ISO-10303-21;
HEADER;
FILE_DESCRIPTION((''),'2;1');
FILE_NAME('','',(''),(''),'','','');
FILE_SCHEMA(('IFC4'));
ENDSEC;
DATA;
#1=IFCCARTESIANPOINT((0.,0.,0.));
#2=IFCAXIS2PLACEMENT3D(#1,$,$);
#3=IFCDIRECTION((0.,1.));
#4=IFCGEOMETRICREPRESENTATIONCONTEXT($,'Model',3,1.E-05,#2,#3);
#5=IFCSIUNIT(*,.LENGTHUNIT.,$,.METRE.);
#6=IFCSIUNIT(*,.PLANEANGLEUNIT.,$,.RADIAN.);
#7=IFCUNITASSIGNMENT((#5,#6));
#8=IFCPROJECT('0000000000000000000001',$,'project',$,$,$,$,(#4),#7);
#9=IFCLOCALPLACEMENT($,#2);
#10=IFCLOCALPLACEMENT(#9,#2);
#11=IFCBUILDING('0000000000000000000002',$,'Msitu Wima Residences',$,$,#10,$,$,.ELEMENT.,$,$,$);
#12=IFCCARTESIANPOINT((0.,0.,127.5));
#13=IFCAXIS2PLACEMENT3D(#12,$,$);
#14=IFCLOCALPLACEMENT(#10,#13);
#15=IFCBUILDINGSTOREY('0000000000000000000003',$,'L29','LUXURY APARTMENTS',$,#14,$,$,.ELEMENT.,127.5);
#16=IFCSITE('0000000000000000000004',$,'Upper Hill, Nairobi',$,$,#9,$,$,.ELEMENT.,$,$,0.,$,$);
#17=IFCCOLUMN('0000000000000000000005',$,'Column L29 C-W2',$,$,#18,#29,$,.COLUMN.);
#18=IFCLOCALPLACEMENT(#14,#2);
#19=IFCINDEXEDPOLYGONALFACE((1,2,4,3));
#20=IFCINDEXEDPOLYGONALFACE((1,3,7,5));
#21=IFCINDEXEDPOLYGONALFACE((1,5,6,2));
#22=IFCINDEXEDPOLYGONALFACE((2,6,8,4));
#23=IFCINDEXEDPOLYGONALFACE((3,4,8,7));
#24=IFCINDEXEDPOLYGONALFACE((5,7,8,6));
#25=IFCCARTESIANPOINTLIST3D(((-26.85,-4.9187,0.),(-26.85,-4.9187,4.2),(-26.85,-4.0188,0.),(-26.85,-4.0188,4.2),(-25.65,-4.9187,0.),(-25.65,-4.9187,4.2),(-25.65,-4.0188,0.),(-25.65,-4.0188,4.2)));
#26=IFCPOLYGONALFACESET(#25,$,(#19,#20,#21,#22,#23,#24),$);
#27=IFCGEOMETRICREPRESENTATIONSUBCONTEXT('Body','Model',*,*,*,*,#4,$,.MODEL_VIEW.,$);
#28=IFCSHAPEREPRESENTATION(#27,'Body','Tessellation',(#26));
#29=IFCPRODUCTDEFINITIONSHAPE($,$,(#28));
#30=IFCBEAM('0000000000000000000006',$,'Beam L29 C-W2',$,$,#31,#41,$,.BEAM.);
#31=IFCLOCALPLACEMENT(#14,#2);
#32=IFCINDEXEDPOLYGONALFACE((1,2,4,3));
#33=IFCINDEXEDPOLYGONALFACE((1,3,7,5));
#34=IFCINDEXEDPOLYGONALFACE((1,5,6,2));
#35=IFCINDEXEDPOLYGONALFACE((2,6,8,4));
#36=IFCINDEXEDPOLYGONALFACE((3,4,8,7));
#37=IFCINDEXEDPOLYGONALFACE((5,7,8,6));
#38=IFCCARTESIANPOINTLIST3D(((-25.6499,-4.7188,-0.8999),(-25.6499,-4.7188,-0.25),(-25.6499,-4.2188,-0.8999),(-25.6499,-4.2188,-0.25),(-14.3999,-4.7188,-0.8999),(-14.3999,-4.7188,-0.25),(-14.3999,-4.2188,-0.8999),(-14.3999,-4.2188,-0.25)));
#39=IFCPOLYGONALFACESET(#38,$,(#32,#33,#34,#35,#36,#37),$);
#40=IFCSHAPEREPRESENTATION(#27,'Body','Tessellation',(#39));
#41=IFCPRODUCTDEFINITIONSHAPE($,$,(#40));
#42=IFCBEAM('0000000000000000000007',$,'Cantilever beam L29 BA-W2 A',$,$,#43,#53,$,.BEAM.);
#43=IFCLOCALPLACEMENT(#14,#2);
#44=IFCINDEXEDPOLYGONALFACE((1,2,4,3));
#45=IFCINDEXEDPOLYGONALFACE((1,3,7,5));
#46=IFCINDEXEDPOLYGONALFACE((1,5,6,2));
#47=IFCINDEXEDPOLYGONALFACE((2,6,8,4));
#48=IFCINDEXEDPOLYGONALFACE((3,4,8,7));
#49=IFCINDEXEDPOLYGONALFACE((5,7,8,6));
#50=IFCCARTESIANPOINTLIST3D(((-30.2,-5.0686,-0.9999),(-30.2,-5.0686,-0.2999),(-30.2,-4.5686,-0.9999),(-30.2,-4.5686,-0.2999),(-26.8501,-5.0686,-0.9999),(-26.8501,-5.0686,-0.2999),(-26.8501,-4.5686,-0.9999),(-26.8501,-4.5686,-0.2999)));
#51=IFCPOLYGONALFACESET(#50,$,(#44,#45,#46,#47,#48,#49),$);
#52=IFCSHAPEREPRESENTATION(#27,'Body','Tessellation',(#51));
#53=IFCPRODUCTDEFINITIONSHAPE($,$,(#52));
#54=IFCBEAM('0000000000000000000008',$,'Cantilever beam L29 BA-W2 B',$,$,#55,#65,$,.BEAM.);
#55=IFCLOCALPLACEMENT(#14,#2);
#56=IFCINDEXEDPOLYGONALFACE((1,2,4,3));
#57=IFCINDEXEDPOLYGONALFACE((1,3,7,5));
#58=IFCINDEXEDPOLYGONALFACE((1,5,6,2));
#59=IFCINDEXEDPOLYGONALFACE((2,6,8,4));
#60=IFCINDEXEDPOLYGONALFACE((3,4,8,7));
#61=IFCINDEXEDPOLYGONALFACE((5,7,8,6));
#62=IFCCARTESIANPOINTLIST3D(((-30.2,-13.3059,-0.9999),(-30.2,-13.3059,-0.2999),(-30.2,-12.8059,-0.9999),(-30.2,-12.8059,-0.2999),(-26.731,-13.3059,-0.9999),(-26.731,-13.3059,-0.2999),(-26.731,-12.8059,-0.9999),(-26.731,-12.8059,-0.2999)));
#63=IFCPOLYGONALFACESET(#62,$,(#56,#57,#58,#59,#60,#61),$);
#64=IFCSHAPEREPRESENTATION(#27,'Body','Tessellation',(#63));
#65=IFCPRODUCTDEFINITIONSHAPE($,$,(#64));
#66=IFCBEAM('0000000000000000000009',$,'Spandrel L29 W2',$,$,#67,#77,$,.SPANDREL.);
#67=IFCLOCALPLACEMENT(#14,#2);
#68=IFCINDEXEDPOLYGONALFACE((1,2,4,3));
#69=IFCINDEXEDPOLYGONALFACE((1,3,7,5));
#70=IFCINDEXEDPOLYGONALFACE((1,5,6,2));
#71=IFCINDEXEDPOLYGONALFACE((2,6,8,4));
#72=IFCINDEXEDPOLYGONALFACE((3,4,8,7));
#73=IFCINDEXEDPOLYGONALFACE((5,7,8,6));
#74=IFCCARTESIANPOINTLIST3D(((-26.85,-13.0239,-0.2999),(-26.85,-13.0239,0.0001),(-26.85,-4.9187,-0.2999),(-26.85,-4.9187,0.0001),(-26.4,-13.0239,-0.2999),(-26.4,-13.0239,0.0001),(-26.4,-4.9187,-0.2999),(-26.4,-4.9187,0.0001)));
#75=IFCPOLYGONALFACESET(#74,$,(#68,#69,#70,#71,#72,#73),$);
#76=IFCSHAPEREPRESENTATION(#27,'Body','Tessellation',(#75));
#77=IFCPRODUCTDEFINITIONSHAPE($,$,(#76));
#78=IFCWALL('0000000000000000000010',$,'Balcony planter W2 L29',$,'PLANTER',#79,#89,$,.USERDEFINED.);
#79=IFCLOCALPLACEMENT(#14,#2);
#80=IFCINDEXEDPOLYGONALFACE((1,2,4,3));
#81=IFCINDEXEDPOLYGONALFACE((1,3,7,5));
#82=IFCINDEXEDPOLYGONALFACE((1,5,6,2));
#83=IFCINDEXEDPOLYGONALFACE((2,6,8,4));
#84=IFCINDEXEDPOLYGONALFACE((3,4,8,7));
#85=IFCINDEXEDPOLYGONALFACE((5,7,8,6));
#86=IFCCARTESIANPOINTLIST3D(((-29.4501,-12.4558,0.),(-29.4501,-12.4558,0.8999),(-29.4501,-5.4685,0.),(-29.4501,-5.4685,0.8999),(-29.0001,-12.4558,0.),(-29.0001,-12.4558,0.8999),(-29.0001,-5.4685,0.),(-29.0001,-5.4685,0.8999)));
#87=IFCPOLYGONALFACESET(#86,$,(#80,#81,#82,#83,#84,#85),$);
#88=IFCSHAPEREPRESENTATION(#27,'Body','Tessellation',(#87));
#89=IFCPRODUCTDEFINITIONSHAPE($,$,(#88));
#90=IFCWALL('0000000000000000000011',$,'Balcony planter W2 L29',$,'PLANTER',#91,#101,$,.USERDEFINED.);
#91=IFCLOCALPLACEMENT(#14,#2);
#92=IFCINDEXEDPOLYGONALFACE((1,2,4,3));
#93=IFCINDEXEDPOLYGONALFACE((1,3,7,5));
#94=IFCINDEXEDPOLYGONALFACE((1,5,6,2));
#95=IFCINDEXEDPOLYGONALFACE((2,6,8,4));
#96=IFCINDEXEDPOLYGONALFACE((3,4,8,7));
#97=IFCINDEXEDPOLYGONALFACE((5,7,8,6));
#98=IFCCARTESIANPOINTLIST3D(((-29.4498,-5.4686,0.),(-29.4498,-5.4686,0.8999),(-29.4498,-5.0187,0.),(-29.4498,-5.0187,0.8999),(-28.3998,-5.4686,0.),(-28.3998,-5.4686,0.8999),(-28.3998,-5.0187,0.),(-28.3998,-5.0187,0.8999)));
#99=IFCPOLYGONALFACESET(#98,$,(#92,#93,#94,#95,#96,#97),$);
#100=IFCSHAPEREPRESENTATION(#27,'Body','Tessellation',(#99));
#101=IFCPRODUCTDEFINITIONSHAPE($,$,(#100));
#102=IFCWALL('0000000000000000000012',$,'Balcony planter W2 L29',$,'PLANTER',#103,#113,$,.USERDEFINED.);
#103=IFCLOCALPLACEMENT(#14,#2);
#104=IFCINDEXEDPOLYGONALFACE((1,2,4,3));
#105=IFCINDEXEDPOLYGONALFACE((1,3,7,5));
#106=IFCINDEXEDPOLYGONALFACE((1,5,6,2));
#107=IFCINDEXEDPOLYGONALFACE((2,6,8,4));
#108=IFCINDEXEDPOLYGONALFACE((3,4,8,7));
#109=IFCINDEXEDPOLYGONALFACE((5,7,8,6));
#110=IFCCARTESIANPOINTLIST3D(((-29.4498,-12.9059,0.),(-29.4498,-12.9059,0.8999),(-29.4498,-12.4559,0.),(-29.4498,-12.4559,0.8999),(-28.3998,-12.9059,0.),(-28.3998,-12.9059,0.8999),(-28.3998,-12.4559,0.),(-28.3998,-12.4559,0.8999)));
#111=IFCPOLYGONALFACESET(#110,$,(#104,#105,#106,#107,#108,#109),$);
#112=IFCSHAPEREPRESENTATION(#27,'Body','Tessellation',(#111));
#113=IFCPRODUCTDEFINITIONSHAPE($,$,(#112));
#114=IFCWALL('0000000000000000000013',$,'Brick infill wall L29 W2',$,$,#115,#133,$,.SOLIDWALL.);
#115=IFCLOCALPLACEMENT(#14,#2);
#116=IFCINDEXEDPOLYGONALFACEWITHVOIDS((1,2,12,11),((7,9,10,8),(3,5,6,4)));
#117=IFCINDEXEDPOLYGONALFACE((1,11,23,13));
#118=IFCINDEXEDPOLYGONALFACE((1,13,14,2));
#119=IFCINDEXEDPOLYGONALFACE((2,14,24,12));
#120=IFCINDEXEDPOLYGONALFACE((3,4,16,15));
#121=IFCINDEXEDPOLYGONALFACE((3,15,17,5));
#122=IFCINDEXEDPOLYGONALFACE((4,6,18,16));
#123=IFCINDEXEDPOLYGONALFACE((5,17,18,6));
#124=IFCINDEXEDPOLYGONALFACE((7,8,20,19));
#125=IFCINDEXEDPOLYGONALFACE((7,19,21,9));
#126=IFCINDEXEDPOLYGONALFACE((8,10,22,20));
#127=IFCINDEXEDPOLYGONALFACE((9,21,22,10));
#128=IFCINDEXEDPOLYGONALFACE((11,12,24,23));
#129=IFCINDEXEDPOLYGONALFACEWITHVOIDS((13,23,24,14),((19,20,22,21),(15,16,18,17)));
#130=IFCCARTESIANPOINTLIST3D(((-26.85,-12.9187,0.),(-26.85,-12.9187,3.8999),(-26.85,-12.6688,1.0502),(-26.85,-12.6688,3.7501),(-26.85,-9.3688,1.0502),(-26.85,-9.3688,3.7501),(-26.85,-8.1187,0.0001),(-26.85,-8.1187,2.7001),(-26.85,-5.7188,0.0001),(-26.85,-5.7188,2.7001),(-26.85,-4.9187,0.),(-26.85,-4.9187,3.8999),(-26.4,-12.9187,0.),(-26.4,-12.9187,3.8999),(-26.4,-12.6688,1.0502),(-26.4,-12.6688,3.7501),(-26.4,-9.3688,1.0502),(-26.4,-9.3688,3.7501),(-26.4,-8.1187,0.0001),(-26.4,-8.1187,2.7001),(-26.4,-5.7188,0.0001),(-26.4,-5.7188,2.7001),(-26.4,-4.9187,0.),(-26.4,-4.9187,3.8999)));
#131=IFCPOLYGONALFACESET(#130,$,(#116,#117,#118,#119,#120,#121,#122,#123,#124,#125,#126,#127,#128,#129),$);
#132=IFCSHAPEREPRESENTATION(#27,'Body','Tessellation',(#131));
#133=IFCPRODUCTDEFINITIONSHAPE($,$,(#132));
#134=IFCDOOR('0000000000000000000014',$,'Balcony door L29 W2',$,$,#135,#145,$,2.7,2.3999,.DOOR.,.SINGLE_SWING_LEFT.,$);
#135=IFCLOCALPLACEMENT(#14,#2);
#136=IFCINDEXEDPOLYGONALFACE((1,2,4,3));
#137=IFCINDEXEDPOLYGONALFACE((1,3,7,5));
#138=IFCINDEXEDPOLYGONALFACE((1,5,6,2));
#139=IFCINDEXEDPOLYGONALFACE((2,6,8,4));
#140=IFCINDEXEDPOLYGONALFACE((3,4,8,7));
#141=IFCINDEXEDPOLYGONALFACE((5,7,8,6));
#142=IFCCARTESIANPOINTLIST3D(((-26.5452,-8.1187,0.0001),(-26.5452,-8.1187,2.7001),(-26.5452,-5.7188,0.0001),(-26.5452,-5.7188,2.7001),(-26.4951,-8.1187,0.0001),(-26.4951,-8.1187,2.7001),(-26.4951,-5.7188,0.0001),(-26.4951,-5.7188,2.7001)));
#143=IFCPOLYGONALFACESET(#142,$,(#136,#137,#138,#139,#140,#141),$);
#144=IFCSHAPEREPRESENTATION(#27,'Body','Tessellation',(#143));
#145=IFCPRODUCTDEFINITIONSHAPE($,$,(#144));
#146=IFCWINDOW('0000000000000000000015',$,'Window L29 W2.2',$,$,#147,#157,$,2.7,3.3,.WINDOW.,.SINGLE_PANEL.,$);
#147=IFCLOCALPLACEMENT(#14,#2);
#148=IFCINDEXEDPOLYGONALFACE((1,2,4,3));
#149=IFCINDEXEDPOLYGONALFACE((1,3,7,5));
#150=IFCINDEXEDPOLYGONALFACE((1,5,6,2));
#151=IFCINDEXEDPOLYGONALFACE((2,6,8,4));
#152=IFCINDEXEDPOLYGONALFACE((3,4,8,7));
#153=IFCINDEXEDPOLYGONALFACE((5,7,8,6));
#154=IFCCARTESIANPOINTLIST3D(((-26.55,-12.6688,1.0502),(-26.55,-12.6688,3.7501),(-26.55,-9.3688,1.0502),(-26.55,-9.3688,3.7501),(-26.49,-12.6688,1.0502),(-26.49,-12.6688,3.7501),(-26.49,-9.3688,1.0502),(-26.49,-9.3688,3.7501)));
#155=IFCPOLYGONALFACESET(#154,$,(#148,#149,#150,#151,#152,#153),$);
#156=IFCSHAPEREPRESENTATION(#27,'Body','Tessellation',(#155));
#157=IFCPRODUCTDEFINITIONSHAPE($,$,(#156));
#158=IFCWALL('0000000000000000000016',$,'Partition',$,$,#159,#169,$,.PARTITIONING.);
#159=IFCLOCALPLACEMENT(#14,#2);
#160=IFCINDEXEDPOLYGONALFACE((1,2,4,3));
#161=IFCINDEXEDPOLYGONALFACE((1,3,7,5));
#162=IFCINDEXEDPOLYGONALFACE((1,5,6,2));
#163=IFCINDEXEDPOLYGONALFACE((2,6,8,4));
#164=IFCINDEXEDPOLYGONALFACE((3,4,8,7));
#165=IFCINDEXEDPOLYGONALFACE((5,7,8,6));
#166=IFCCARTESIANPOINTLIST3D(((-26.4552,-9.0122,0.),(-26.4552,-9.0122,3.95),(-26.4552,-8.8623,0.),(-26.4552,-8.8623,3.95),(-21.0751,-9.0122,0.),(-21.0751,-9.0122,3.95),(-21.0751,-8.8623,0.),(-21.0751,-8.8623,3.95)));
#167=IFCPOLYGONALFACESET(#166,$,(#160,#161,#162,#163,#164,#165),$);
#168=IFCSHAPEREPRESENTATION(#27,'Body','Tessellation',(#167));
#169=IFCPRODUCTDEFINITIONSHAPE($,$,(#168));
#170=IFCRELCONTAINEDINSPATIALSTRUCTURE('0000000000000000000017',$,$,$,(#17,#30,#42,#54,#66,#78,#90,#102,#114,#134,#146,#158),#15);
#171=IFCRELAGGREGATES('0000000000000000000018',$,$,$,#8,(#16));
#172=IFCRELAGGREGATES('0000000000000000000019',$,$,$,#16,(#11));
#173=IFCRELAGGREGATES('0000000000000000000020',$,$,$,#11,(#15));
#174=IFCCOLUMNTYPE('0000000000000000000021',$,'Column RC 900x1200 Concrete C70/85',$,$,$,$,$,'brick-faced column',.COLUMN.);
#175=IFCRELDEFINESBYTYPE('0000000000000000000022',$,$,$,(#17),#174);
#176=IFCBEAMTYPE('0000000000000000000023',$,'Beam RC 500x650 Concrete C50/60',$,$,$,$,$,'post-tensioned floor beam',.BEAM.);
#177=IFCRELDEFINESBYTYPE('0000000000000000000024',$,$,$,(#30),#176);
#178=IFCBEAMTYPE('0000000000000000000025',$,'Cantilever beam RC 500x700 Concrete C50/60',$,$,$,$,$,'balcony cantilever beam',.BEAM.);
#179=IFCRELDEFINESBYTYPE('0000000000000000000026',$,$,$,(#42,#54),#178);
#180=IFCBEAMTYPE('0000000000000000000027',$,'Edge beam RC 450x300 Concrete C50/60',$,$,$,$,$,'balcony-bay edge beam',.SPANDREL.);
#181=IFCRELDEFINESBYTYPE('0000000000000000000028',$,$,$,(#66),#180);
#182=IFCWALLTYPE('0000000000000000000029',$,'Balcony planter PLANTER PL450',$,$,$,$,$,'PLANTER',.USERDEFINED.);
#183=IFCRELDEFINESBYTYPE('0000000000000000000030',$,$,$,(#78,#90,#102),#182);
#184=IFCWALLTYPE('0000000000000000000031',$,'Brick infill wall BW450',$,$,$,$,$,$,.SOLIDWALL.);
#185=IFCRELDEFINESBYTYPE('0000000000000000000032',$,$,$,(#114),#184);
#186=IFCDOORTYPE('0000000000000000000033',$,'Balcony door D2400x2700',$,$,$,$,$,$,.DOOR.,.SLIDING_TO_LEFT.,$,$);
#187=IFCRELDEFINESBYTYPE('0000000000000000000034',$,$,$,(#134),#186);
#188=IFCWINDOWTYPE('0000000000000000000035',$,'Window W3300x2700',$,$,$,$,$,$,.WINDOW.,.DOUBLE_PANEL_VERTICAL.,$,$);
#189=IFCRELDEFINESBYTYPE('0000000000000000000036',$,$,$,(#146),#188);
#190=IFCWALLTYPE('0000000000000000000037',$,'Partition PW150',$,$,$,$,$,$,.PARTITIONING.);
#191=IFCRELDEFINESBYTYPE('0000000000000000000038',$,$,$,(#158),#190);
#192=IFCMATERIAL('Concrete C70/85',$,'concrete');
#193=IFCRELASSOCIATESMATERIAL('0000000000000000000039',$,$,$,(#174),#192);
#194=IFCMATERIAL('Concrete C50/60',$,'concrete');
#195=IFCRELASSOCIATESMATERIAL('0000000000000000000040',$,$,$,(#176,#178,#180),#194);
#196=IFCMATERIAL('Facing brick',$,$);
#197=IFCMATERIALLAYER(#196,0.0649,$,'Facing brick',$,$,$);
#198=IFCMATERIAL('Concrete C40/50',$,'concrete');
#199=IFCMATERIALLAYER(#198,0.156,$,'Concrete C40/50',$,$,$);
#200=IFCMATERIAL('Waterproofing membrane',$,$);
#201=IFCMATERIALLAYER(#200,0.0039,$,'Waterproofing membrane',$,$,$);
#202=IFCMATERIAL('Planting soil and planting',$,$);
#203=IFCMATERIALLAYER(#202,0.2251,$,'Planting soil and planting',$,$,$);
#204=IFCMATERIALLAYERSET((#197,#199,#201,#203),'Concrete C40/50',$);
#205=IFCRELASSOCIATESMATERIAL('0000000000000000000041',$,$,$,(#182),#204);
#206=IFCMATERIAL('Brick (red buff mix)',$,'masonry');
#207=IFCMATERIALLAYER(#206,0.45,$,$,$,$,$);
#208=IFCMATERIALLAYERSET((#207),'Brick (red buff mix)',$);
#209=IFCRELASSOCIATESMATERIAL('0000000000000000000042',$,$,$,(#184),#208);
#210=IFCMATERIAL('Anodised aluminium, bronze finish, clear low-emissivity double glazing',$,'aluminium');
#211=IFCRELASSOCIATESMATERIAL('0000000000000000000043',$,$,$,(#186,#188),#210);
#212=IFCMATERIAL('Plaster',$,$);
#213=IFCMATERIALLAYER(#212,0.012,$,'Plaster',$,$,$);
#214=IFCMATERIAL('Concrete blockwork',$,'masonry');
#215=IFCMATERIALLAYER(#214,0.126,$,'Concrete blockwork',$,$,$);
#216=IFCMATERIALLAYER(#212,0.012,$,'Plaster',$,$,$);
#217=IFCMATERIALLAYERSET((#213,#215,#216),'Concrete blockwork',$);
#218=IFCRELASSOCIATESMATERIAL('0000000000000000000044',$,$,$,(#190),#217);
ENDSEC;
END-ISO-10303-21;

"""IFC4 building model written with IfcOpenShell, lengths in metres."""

from ifc_helpers import new_model, si_unit, direction, frame, frame_2d, origin, origin_2d, place, context, subcontext, project, spatial, rectangle, extrude, material, layer, layer_set, material_profile, profile_set, type_object, element, fill, save


model = new_model("IFC4")

# Units and contexts
model_context = context("Model", 3, precision=1e-05, world=origin(), true_north=direction((0.0, 1.0)))
body_context = subcontext(model_context, "Body", "Model", "MODEL_VIEW")
ifc_project = project(units=[si_unit("LENGTHUNIT", "METRE"), si_unit("PLANEANGLEUNIT", "RADIAN")], contexts=[model_context])

# Site, building, storey
site_placement = place(None, origin())
site = spatial("IfcSite", under=ifc_project, at=site_placement, Name="Upper Hill, Nairobi", CompositionType="ELEMENT", RefElevation=0.0)
building_placement = place(site_placement, origin())
building = spatial("IfcBuilding", under=site, at=building_placement, Name="Msitu Wima Residences", CompositionType="ELEMENT")
storey_placement = place(building_placement, frame((0.0, 0.0, 127.5)))
storey = spatial("IfcBuildingStorey", under=building, at=storey_placement, Name="L29", Description="LUXURY APARTMENTS", CompositionType="ELEMENT", Elevation=127.5)

# Column
ifc_material_1 = material(Name="Concrete C70/85", Category="concrete")
ifc_material_profile_1 = material_profile(ifc_material_1, rectangle(XDim=0.8999, YDim=1.2, at=origin_2d()), Name="RC 900x1200")
ifc_profile_set_1 = profile_set([ifc_material_profile_1], Name="Concrete C70/85")
column_type = type_object("IfcColumnType", Name="Column RC 900x1200 Concrete C70/85", ElementType="brick-faced column", PredefinedType="COLUMN", material=ifc_profile_set_1)
column_placement = place(storey_placement, frame((-26.25, -4.4688, 0.0), z_axis=(0.0, 0.0, 1.0), x_axis=(0.0, -1.0, 0.0)))
element("IfcColumn", 1, at=column_placement, inside=storey, type_object=column_type, Name="Column L29 C-W2", PredefinedType="COLUMN", context=body_context, shape_type="SweptSolid", body=[
    extrude(rectangle(XDim=0.8999, YDim=1.2, at=origin_2d()), origin(), (0.0, 0.0, 1.0), 4.2),
])

# Beams
ifc_material_2 = material(Name="Concrete C50/60", Category="concrete")
ifc_material_profile_2 = material_profile(ifc_material_2, rectangle(XDim=0.5, YDim=0.6499, at=origin_2d()), Name="RC 500x650")
ifc_profile_set_2 = profile_set([ifc_material_profile_2], Name="Concrete C50/60")
beam_type_1 = type_object("IfcBeamType", Name="Beam RC 500x650 Concrete C50/60", ElementType="post-tensioned floor beam", PredefinedType="BEAM", material=ifc_profile_set_2)
beam_1_placement = place(storey_placement, frame((-25.6499, -4.4688, -0.575), z_axis=(1.0, 0.0, 0.0), x_axis=(0.0, 1.0, 0.0)))
element("IfcBeam", 2, at=beam_1_placement, inside=storey, type_object=beam_type_1, Name="Beam L29 C-W2", PredefinedType="BEAM", context=body_context, shape_type="SweptSolid", body=[
    extrude(rectangle(XDim=0.5, YDim=0.6499, at=origin_2d()), origin(), (0.0, 0.0, 1.0), 11.25),
])
ifc_material_profile_3 = material_profile(ifc_material_2, rectangle(XDim=0.5, YDim=0.7, at=origin_2d()), Name="RC 500x700")
ifc_profile_set_3 = profile_set([ifc_material_profile_3], Name="Concrete C50/60")
beam_type_2 = type_object("IfcBeamType", Name="Cantilever beam RC 500x700 Concrete C50/60", ElementType="balcony cantilever beam", PredefinedType="BEAM", material=ifc_profile_set_3)
beam_2_placement = place(storey_placement, frame((-26.8501, -4.8186, -0.6499), z_axis=(-1.0, 0.0, 0.0), x_axis=(0.0, -1.0, 0.0)))
element("IfcBeam", 3, at=beam_2_placement, inside=storey, type_object=beam_type_2, Name="Cantilever beam L29 BA-W2 A", PredefinedType="BEAM", context=body_context, shape_type="SweptSolid", body=[
    extrude(rectangle(XDim=0.5, YDim=0.7, at=origin_2d()), origin(), (0.0, 0.0, 1.0), 3.3499),
])
beam_3_placement = place(storey_placement, frame((-26.731, -13.0559, -0.6499), z_axis=(-1.0, 0.0, 0.0), x_axis=(0.0, -1.0, 0.0)))
element("IfcBeam", 4, at=beam_3_placement, inside=storey, type_object=beam_type_2, Name="Cantilever beam L29 BA-W2 B", PredefinedType="BEAM", context=body_context, shape_type="SweptSolid", body=[
    extrude(rectangle(XDim=0.5, YDim=0.7, at=origin_2d()), origin(), (0.0, 0.0, 1.0), 3.469),
])
ifc_material_profile_4 = material_profile(ifc_material_2, rectangle(XDim=0.45, YDim=0.3, at=origin_2d()), Name="RC 450x300")
ifc_profile_set_4 = profile_set([ifc_material_profile_4], Name="Concrete C50/60")
beam_type_3 = type_object("IfcBeamType", Name="Edge beam RC 450x300 Concrete C50/60", ElementType="balcony-bay edge beam", PredefinedType="SPANDREL", material=ifc_profile_set_4)
beam_4_placement = place(storey_placement, frame((-26.625, -4.9187, -0.1499), z_axis=(0.0, -1.0, 0.0), x_axis=(1.0, 0.0, 0.0)))
element("IfcBeam", 5, at=beam_4_placement, inside=storey, type_object=beam_type_3, Name="Spandrel L29 W2", PredefinedType="SPANDREL", context=body_context, shape_type="SweptSolid", body=[
    extrude(rectangle(XDim=0.45, YDim=0.3, at=origin_2d()), origin(), (0.0, 0.0, 1.0), 8.1052),
])

# Walls
ifc_material_3 = material(Name="Facing brick")
ifc_layer_1 = layer(ifc_material_3, 0.0649, Name="Facing brick")
ifc_material_4 = material(Name="Concrete C40/50", Category="concrete")
ifc_layer_2 = layer(ifc_material_4, 0.156, Name="Concrete C40/50")
ifc_material_5 = material(Name="Waterproofing membrane")
ifc_layer_3 = layer(ifc_material_5, 0.0039, Name="Waterproofing membrane")
ifc_material_6 = material(Name="Planting soil and planting")
ifc_layer_4 = layer(ifc_material_6, 0.2251, Name="Planting soil and planting")
ifc_layer_set_1 = layer_set([ifc_layer_1, ifc_layer_2, ifc_layer_3, ifc_layer_4], Name="Concrete C40/50")
wall_type_1 = type_object("IfcWallType", Name="Balcony planter PLANTER PL450", ElementType="PLANTER", PredefinedType="USERDEFINED", material=ifc_layer_set_1)
wall_1_placement = place(storey_placement, frame((-29.2251, -5.4685, 0.0), z_axis=(0.0, 0.0, 1.0), x_axis=(0.0, -1.0, 0.0)))
element("IfcWall", 6, at=wall_1_placement, inside=storey, type_object=wall_type_1, Name="Balcony planter W2 L29", ObjectType="PLANTER", PredefinedType="USERDEFINED", context=body_context, shape_type="SweptSolid", body=[
    extrude(rectangle(XDim=6.9873, YDim=0.45, at=frame_2d((3.4937, 0.0))), origin(), (0.0, 0.0, 1.0), 0.8999),
])
for number, where, z_axis, x_axis, name in (
    (7, (-28.3999, -5.2437, 0.0), (0.0, 0.0, 1.0), (-1.0, 0.0, 0.0), "Balcony planter W2 L29"),
    (8, (-28.3999, -12.6809, 0.0), (0.0, 0.0, 1.0), (-1.0, 0.0, 0.0), "Balcony planter W2 L29"),
):
    element("IfcWall", number, at=place(storey_placement, frame(where, z_axis=z_axis, x_axis=x_axis)), inside=storey, type_object=wall_type_1, Name=name, ObjectType="PLANTER", PredefinedType="USERDEFINED", context=body_context, shape_type="SweptSolid", body=[
        extrude(rectangle(XDim=1.05, YDim=0.45, at=frame_2d((0.5249, 0.0))), origin(), (0.0, 0.0, 1.0), 0.8999),
    ])

# Wall, openings, door, window
ifc_material_7 = material(Name="Brick (red buff mix)", Category="masonry")
ifc_layer_5 = layer(ifc_material_7, 0.45)
ifc_layer_set_2 = layer_set([ifc_layer_5], Name="Brick (red buff mix)")
wall_type_2 = type_object("IfcWallType", Name="Brick infill wall BW450", PredefinedType="SOLIDWALL", material=ifc_layer_set_2)
wall_2_placement = place(storey_placement, frame((-26.625, -4.9187, 0.0), z_axis=(0.0, 0.0, 1.0), x_axis=(0.0, -1.0, 0.0)))
wall_2 = element("IfcWall", 9, at=wall_2_placement, inside=storey, type_object=wall_type_2, Name="Brick infill wall L29 W2", PredefinedType="SOLIDWALL", context=body_context, shape_type="SweptSolid", body=[
    extrude(rectangle(XDim=8.0, YDim=0.45, at=frame_2d((4.0, 0.0))), origin(), (0.0, 0.0, 1.0), 3.8999),
])
opening_1_placement = place(wall_2_placement, frame((0.8, 0.0, 0.0)))
opening_1 = element("IfcOpeningElement", 10, at=opening_1_placement, cuts=wall_2, PredefinedType="OPENING", context=body_context, shape_type="SweptSolid", body=[
    extrude(rectangle(XDim=2.3999, YDim=2.7, at=frame_2d((1.2, 1.3501))), frame((0.0, 0.2349, 0.0), z_axis=(0.0, -1.0, 0.0), x_axis=(1.0, 0.0, 0.0)), (0.0, 0.0, 1.0), 0.47),
])
opening_2_placement = place(wall_2_placement, frame((4.4502, 0.0, 1.05)))
opening_2 = element("IfcOpeningElement", 11, at=opening_2_placement, cuts=wall_2, PredefinedType="OPENING", context=body_context, shape_type="SweptSolid", body=[
    extrude(rectangle(XDim=3.3, YDim=2.7, at=frame_2d((1.6499, 1.3501))), frame((0.0, 0.2349, 0.0), z_axis=(0.0, -1.0, 0.0), x_axis=(1.0, 0.0, 0.0)), (0.0, 0.0, 1.0), 0.47),
])
ifc_material_8 = material(Name="Anodised aluminium, bronze finish, clear low-emissivity double glazing", Category="aluminium")
door_type = type_object("IfcDoorType", Name="Balcony door D2400x2700", OperationType="SLIDING_TO_LEFT", PredefinedType="DOOR", material=ifc_material_8)
door_placement = place(opening_1_placement, origin())
door = element("IfcDoor", 12, at=door_placement, inside=storey, type_object=door_type, Name="Balcony door L29 W2", OperationType="SINGLE_SWING_LEFT", OverallHeight=2.7, OverallWidth=2.3999, PredefinedType="DOOR", context=body_context, shape_type="SweptSolid", body=[
    extrude(rectangle(XDim=2.3999, YDim=2.7, at=frame_2d((1.2, 1.3501))), frame((0.0, 0.1299, 0.0), z_axis=(0.0, -1.0, 0.0), x_axis=(1.0, 0.0, 0.0)), (0.0, 0.0, 1.0), 0.05),
])
fill(opening_1, door)
window_type = type_object("IfcWindowType", Name="Window W3300x2700", PartitioningType="DOUBLE_PANEL_VERTICAL", PredefinedType="WINDOW", material=ifc_material_8)
window_placement = place(opening_2_placement, origin())
window = element("IfcWindow", 13, at=window_placement, inside=storey, type_object=window_type, Name="Window L29 W2.2", OverallHeight=2.7, OverallWidth=3.3, PartitioningType="SINGLE_PANEL", PredefinedType="WINDOW", context=body_context, shape_type="SweptSolid", body=[
    extrude(rectangle(XDim=3.3, YDim=2.7, at=frame_2d((1.6499, 1.3501))), frame((0.0, 0.135, 0.0), z_axis=(0.0, -1.0, 0.0), x_axis=(1.0, 0.0, 0.0)), (0.0, 0.0, 1.0), 0.0601),
])
fill(opening_2, window)

# Wall
ifc_material_9 = material(Name="Plaster")
ifc_layer_6 = layer(ifc_material_9, 0.012, Name="Plaster")
ifc_material_10 = material(Name="Concrete blockwork", Category="masonry")
ifc_layer_7 = layer(ifc_material_10, 0.126, Name="Concrete blockwork")
ifc_layer_8 = layer(ifc_material_9, 0.012, Name="Plaster")
ifc_layer_set_3 = layer_set([ifc_layer_6, ifc_layer_7, ifc_layer_8], Name="Concrete blockwork")
wall_type_3 = type_object("IfcWallType", Name="Partition PW150", PredefinedType="PARTITIONING", material=ifc_layer_set_3)
wall_3_placement = place(storey_placement, frame((-26.4551, -8.9373, 0.0), z_axis=(0.0, 0.0, 1.0), x_axis=(1.0, 0.0, 0.0)))
element("IfcWall", 14, at=wall_3_placement, inside=storey, type_object=wall_type_3, Name="Partition", PredefinedType="PARTITIONING", context=body_context, shape_type="SweptSolid", body=[
    extrude(rectangle(XDim=5.3801, YDim=0.1499, at=frame_2d((2.6899, 0.0))), origin(), (0.0, 0.0, 1.0), 3.95),
])

save(model, "model.ifc")
